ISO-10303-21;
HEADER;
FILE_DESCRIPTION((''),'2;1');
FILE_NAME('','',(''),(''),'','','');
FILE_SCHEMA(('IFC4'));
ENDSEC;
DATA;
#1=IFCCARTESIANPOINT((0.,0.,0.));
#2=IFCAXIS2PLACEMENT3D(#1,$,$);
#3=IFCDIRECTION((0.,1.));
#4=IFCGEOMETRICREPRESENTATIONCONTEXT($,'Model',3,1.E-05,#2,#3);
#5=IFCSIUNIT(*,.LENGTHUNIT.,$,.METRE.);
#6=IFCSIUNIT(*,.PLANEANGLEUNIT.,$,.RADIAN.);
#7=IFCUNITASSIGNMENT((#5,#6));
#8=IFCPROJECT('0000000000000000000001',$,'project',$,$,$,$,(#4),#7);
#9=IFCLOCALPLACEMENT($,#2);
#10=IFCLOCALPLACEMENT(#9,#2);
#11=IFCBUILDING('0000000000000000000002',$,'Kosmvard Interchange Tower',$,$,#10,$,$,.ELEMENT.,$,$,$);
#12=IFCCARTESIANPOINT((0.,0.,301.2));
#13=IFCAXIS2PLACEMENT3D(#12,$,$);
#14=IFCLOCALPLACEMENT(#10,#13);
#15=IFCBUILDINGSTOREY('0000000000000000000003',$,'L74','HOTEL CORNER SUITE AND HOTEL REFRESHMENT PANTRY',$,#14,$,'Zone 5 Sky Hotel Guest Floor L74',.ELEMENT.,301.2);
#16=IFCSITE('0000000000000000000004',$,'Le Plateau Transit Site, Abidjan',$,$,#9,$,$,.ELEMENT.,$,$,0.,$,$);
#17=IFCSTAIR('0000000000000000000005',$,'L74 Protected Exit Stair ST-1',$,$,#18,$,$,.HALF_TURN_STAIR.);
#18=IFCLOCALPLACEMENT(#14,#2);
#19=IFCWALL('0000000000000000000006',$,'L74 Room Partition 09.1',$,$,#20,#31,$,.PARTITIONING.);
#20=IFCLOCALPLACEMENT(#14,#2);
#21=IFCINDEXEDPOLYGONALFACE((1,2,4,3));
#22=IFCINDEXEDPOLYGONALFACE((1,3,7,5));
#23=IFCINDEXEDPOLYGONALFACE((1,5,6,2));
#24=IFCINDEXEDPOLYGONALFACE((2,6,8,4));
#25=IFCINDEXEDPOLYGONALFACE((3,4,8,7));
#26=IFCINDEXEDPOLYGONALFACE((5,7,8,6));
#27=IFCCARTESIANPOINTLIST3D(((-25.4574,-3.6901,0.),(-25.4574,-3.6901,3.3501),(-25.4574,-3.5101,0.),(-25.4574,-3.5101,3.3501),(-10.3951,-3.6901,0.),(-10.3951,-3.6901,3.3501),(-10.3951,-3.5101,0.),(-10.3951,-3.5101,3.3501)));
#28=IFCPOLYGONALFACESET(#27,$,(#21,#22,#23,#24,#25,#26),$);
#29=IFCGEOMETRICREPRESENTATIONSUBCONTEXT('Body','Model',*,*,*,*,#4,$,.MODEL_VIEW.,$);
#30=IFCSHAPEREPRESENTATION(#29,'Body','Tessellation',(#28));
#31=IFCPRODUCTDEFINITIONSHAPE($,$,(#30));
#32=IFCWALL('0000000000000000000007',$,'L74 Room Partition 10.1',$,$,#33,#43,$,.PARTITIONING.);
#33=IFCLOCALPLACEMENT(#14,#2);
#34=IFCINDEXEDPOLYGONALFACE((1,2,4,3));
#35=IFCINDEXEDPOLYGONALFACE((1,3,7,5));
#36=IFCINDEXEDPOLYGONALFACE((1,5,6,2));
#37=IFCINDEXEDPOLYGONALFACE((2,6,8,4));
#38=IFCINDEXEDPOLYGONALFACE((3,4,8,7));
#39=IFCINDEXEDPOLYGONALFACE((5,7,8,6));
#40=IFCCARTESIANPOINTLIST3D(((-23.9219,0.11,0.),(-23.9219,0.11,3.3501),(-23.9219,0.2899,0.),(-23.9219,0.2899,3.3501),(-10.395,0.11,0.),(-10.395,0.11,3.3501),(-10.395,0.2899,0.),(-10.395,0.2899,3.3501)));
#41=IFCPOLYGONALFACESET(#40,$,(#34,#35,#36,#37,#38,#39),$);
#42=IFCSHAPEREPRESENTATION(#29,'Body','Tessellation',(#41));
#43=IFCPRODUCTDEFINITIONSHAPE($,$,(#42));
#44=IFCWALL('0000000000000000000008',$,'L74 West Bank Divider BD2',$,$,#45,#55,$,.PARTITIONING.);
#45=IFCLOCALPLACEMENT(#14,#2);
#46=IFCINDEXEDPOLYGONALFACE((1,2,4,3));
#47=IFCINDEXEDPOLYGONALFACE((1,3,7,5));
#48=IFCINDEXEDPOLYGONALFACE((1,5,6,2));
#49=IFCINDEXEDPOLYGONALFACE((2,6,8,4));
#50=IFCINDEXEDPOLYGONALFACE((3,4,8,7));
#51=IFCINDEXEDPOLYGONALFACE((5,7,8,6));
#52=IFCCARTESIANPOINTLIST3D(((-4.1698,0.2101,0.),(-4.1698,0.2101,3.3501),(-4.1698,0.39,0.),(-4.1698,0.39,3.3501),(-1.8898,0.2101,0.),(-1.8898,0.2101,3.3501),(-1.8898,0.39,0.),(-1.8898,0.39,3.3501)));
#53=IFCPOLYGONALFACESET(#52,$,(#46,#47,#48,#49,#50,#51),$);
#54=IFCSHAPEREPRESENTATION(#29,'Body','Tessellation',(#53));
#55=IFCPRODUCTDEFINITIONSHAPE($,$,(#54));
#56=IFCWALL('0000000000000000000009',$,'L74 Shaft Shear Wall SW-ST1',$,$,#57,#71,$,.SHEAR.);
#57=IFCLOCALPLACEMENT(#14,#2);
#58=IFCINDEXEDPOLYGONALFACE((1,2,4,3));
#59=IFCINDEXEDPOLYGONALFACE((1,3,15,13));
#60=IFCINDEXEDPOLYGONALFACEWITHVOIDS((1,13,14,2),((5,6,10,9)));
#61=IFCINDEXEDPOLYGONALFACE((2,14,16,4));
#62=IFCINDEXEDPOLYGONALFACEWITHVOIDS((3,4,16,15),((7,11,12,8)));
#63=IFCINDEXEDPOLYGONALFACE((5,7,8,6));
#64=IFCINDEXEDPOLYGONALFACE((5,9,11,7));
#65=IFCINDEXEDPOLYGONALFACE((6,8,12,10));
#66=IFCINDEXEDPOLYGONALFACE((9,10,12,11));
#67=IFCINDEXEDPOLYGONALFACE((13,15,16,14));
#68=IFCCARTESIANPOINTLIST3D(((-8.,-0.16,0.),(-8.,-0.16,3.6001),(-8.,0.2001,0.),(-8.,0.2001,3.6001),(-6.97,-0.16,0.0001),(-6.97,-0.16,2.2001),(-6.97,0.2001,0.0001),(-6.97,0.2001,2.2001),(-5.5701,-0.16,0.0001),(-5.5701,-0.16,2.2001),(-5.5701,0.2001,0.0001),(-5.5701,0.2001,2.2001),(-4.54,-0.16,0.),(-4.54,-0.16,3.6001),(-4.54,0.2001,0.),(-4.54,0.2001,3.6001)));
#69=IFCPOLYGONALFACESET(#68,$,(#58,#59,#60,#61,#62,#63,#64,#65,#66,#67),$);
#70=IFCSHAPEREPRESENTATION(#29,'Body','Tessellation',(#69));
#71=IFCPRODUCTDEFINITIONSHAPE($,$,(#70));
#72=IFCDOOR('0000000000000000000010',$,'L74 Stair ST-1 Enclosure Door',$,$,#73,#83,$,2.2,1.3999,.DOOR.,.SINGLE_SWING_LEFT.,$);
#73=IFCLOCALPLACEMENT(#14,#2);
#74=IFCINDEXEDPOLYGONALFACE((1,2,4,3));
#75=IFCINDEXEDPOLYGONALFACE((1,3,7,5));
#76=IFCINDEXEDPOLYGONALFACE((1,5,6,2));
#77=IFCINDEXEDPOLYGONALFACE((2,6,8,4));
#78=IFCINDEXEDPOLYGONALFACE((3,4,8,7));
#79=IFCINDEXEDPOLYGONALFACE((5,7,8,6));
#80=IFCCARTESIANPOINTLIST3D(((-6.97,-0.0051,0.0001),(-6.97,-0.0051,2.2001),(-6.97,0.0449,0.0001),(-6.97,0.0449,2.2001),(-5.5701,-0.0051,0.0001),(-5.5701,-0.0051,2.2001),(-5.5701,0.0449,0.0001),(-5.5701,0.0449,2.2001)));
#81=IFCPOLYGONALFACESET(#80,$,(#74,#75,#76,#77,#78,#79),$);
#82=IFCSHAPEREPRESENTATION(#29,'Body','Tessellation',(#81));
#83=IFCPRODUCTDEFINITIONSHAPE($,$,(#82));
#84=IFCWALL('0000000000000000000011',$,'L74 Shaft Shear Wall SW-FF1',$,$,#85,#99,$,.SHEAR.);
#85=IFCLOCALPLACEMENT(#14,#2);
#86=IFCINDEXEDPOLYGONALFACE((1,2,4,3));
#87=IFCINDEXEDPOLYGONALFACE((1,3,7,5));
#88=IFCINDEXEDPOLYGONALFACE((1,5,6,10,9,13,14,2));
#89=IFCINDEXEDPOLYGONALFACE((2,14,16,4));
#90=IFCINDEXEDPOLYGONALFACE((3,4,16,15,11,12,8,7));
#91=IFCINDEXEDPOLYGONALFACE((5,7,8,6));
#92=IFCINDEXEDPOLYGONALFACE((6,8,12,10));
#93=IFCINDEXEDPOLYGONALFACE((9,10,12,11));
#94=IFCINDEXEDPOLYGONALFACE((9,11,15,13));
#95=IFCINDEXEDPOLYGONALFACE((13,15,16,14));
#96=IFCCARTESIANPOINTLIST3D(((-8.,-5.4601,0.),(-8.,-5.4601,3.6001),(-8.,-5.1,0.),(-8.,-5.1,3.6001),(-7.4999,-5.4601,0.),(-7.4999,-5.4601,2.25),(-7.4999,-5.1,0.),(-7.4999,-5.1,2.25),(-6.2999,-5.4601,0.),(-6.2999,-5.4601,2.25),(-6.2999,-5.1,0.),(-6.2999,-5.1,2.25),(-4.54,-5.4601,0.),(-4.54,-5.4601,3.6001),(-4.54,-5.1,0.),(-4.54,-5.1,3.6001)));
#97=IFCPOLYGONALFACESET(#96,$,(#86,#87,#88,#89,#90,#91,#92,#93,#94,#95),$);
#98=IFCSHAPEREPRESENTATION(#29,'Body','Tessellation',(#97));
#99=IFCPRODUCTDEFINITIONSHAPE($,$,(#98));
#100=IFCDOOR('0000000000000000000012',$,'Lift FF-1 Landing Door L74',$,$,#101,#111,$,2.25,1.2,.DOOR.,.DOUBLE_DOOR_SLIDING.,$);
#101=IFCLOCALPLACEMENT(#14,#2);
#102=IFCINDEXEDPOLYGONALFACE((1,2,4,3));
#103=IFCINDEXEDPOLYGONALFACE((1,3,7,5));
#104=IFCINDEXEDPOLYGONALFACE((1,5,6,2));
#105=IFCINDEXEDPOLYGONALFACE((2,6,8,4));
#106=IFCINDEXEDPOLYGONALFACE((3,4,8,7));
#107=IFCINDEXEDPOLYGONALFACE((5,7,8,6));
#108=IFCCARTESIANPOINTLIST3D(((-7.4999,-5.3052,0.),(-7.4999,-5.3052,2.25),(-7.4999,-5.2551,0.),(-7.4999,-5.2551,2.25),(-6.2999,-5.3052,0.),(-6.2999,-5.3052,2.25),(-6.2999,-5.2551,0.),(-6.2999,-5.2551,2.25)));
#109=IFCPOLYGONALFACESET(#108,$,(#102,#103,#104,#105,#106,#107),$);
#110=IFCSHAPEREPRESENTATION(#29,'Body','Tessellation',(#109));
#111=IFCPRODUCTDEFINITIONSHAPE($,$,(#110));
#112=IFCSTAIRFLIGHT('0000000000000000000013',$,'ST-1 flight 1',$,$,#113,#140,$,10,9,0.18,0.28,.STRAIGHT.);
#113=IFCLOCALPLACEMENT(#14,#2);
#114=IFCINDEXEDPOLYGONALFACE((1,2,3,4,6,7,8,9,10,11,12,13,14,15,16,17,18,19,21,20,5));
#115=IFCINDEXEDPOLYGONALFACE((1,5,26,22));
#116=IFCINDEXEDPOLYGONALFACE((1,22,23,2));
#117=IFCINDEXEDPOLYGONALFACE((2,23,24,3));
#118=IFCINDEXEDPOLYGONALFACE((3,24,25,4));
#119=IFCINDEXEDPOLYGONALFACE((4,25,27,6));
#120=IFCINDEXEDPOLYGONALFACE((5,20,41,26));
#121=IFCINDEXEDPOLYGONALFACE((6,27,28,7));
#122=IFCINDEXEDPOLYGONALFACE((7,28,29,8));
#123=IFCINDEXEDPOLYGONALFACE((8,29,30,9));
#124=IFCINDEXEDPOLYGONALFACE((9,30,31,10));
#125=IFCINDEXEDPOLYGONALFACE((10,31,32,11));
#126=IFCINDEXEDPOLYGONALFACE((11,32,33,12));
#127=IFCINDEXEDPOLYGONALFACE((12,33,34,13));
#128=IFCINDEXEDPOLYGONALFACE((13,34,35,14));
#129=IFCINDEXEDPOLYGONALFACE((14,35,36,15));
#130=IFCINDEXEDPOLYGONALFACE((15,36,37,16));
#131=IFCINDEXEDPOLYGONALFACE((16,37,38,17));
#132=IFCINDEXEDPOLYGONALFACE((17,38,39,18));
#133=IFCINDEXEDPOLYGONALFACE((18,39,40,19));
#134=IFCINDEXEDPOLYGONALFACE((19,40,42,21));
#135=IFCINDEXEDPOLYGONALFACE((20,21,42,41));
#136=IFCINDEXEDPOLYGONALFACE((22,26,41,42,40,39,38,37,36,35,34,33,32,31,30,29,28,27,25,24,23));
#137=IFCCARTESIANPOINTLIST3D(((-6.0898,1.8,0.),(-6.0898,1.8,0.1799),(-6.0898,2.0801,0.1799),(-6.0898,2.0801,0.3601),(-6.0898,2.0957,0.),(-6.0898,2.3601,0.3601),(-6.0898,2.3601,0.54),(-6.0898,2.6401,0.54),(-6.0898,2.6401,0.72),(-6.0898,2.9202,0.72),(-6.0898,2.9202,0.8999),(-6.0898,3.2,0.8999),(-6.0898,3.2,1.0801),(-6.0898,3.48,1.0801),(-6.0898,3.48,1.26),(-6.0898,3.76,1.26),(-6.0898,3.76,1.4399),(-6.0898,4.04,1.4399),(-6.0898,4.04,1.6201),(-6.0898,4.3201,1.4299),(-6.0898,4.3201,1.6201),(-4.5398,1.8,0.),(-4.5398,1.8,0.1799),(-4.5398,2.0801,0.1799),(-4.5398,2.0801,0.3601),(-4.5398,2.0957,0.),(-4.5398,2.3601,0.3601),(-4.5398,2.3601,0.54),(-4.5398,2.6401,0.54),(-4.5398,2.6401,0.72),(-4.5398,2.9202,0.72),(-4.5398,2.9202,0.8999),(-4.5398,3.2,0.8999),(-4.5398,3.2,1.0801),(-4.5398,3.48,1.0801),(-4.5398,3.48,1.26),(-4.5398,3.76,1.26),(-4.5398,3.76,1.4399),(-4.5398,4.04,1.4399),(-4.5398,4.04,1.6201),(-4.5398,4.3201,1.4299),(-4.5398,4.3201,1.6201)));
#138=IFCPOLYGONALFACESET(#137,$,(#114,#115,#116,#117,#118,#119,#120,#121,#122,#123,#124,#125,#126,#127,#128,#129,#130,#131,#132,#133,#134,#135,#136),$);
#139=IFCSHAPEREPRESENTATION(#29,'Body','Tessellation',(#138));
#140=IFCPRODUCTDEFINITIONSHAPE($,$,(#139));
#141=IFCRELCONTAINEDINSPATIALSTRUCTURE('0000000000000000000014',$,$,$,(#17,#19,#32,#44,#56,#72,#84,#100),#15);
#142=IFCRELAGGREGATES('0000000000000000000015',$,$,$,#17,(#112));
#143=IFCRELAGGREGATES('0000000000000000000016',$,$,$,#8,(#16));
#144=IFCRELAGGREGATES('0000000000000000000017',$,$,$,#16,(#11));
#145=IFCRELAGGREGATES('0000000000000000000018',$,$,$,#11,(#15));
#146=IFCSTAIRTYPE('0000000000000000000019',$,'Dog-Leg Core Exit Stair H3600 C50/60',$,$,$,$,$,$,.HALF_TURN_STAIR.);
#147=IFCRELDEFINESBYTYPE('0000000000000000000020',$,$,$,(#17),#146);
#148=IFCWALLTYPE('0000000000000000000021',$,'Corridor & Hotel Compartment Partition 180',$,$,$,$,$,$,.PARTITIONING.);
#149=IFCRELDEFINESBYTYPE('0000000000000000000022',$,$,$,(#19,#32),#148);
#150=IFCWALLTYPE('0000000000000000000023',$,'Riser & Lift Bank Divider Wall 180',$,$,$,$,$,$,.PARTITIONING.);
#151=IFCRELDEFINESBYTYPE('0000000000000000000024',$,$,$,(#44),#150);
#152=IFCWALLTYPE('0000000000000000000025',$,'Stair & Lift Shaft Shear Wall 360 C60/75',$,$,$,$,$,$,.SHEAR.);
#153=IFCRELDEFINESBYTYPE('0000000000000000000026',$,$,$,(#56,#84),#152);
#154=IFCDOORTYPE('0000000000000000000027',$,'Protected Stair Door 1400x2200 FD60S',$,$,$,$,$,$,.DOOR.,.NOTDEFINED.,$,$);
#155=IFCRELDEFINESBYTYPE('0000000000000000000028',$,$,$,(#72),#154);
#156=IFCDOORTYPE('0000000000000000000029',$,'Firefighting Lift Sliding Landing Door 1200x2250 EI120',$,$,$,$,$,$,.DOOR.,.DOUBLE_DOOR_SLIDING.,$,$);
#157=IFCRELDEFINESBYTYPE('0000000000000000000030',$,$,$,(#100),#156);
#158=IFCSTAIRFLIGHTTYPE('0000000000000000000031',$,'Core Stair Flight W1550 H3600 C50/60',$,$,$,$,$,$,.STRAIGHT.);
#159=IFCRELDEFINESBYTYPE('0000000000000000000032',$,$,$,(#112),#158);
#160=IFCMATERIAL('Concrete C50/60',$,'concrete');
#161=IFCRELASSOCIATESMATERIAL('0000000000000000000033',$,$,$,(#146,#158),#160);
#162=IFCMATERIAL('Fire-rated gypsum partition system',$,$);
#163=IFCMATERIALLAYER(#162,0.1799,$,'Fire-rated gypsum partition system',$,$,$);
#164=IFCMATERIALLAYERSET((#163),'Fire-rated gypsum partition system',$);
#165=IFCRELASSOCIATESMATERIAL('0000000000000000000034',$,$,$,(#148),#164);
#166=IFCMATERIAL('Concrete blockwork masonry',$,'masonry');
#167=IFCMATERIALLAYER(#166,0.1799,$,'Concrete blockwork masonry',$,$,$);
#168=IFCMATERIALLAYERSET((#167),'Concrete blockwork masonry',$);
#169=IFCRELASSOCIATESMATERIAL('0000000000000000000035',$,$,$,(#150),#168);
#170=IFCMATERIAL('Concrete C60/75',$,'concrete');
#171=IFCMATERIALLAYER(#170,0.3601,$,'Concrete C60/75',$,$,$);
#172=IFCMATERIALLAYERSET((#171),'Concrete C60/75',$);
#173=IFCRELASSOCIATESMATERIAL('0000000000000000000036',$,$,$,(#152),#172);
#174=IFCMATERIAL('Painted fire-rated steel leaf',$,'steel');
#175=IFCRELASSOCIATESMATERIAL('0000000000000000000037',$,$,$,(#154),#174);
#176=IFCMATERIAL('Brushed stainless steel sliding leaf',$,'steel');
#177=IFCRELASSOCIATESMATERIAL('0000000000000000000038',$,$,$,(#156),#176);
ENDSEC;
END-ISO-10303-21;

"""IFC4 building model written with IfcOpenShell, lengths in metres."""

from ifc_helpers import new_model, si_unit, direction, frame, frame_2d, origin, place, context, subcontext, project, spatial, polyline, rectangle, outline, extrude, source, transform, mapped, material, layer, layer_set, type_object, element, fill, aggregate, save


model = new_model("IFC4")

# Units and contexts
model_context = context("Model", 3, precision=1e-05, world=origin(), true_north=direction((0.0, 1.0)))
body_context = subcontext(model_context, "Body", "Model", "MODEL_VIEW")
ifc_project = project(units=[si_unit("LENGTHUNIT", "METRE"), si_unit("PLANEANGLEUNIT", "RADIAN")], contexts=[model_context])

# Site, building, storey
site_placement = place(None, origin())
site = spatial("IfcSite", under=ifc_project, at=site_placement, Name="Le Plateau Transit Site, Abidjan", CompositionType="ELEMENT", RefElevation=0.0)
building_placement = place(site_placement, origin())
building = spatial("IfcBuilding", under=site, at=building_placement, Name="Kosmvard Interchange Tower", CompositionType="ELEMENT")
storey_placement = place(building_placement, frame((0.0, 0.0, 301.2)))
storey = spatial("IfcBuildingStorey", under=building, at=storey_placement, Name="L74", Description="HOTEL CORNER SUITE AND HOTEL REFRESHMENT PANTRY", LongName="Zone 5 Sky Hotel Guest Floor L74", CompositionType="ELEMENT", Elevation=301.2)

# Shared definitions
ifc_material_1 = material(Name="Concrete C50/60", Category="concrete")

# Stair
stair_type = type_object("IfcStairType", Name="Dog-Leg Core Exit Stair H3600 C50/60", PredefinedType="HALF_TURN_STAIR", material=ifc_material_1)
stair_placement = place(storey_placement, origin())
stair = element("IfcStair", 1, at=stair_placement, inside=storey, type_object=stair_type, Name="L74 Protected Exit Stair ST-1", PredefinedType="HALF_TURN_STAIR")

# Walls
ifc_material_2 = material(Name="Fire-rated gypsum partition system")
ifc_layer_1 = layer(ifc_material_2, 0.1799, Name="Fire-rated gypsum partition system")
ifc_layer_set_1 = layer_set([ifc_layer_1], Name="Fire-rated gypsum partition system")
wall_type_1 = type_object("IfcWallType", Name="Corridor & Hotel Compartment Partition 180", PredefinedType="PARTITIONING", material=ifc_layer_set_1)
wall_1_placement = place(storey_placement, frame((-10.395, -3.6001, 0.0), z_axis=(0.0, 0.0, 1.0), x_axis=(-1.0, 0.0, 0.0)))
element("IfcWall", 2, at=wall_1_placement, inside=storey, type_object=wall_type_1, Name="L74 Room Partition 09.1", PredefinedType="PARTITIONING", context=body_context, shape_type="SweptSolid", body=[
    extrude(rectangle(XDim=15.0623, YDim=0.1799, at=frame_2d((7.5312, 0.0))), origin(), (0.0, 0.0, 1.0), 3.3501),
])
wall_2_placement = place(storey_placement, frame((-10.395, 0.2, 0.0), z_axis=(0.0, 0.0, 1.0), x_axis=(-1.0, 0.0, 0.0)))
element("IfcWall", 3, at=wall_2_placement, inside=storey, type_object=wall_type_1, Name="L74 Room Partition 10.1", PredefinedType="PARTITIONING", context=body_context, shape_type="SweptSolid", body=[
    extrude(rectangle(XDim=13.5269, YDim=0.1799, at=frame_2d((6.7634, 0.0))), origin(), (0.0, 0.0, 1.0), 3.3501),
])
ifc_material_3 = material(Name="Concrete blockwork masonry", Category="masonry")
ifc_layer_2 = layer(ifc_material_3, 0.1799, Name="Concrete blockwork masonry")
ifc_layer_set_2 = layer_set([ifc_layer_2], Name="Concrete blockwork masonry")
wall_type_2 = type_object("IfcWallType", Name="Riser & Lift Bank Divider Wall 180", PredefinedType="PARTITIONING", material=ifc_layer_set_2)
wall_3_placement = place(storey_placement, frame((-4.1699, 0.3, 0.0), z_axis=(0.0, 0.0, 1.0), x_axis=(1.0, 0.0, 0.0)))
element("IfcWall", 4, at=wall_3_placement, inside=storey, type_object=wall_type_2, Name="L74 West Bank Divider BD2", PredefinedType="PARTITIONING", context=body_context, shape_type="SweptSolid", body=[
    extrude(rectangle(XDim=2.28, YDim=0.1799, at=frame_2d((1.1401, 0.0))), origin(), (0.0, 0.0, 1.0), 3.3501),
])

# Walls, openings, doors
ifc_material_4 = material(Name="Concrete C60/75", Category="concrete")
ifc_layer_3 = layer(ifc_material_4, 0.3601, Name="Concrete C60/75")
ifc_layer_set_3 = layer_set([ifc_layer_3], Name="Concrete C60/75")
wall_type_3 = type_object("IfcWallType", Name="Stair & Lift Shaft Shear Wall 360 C60/75", PredefinedType="SHEAR", material=ifc_layer_set_3)
wall_4_placement = place(storey_placement, frame((-8.0, 0.02, 0.0), z_axis=(0.0, 0.0, 1.0), x_axis=(1.0, 0.0, 0.0)))
wall_4 = element("IfcWall", 5, at=wall_4_placement, inside=storey, type_object=wall_type_3, Name="L74 Shaft Shear Wall SW-ST1", PredefinedType="SHEAR", context=body_context, shape_type="SweptSolid", body=[
    extrude(rectangle(XDim=3.46, YDim=0.3601, at=frame_2d((1.73, 0.0))), origin(), (0.0, 0.0, 1.0), 3.6001),
])
opening_1_placement = place(wall_4_placement, frame((1.03, 0.0, 0.0)))
opening_1 = element("IfcOpeningElement", 6, at=opening_1_placement, cuts=wall_4, PredefinedType="OPENING", context=body_context, shape_type="SweptSolid", body=[
    extrude(rectangle(XDim=1.3999, YDim=2.2, at=frame_2d((0.7, 1.1001))), frame((0.0, 0.1899, 0.0), z_axis=(0.0, -1.0, 0.0), x_axis=(1.0, 0.0, 0.0)), (0.0, 0.0, 1.0), 0.3801),
])
ifc_material_5 = material(Name="Painted fire-rated steel leaf", Category="steel")
door_type_1 = type_object("IfcDoorType", Name="Protected Stair Door 1400x2200 FD60S", OperationType="NOTDEFINED", PredefinedType="DOOR", material=ifc_material_5)
shared_shape_1 = source(origin(), body_context, "Body", "SweptSolid", [
    extrude(rectangle(XDim=1.3999, YDim=2.2, at=frame_2d((0.7, 1.1001))), frame((0.0, 0.0249, 0.0), z_axis=(0.0, -1.0, 0.0), x_axis=(1.0, 0.0, 0.0)), (0.0, 0.0, 1.0), 0.05),
])
door_1_placement = place(opening_1_placement, origin())
door_1 = element("IfcDoor", 7, at=door_1_placement, inside=storey, type_object=door_type_1, Name="L74 Stair ST-1 Enclosure Door", OperationType="SINGLE_SWING_LEFT", OverallHeight=2.2, OverallWidth=1.3999, PredefinedType="DOOR", context=body_context, shape_type="MappedRepresentation", body=[
    mapped(shared_shape_1, transform((0.0, 0.0, 0.0), scale=1.0)),
])
fill(opening_1, door_1)
wall_5_placement = place(storey_placement, frame((-8.0, -5.28, 0.0), z_axis=(0.0, 0.0, 1.0), x_axis=(1.0, 0.0, 0.0)))
wall_5 = element("IfcWall", 8, at=wall_5_placement, inside=storey, type_object=wall_type_3, Name="L74 Shaft Shear Wall SW-FF1", PredefinedType="SHEAR", context=body_context, shape_type="SweptSolid", body=[
    extrude(rectangle(XDim=3.46, YDim=0.3601, at=frame_2d((1.73, 0.0))), origin(), (0.0, 0.0, 1.0), 3.6001),
])
opening_2_placement = place(wall_5_placement, frame((0.5, 0.0, 0.0)))
opening_2 = element("IfcOpeningElement", 9, at=opening_2_placement, cuts=wall_5, PredefinedType="OPENING", context=body_context, shape_type="SweptSolid", body=[
    extrude(rectangle(XDim=1.2, YDim=2.25, at=frame_2d((0.6001, 1.125))), frame((0.0, 0.1899, 0.0), z_axis=(0.0, -1.0, 0.0), x_axis=(1.0, 0.0, 0.0)), (0.0, 0.0, 1.0), 0.3801),
])
ifc_material_6 = material(Name="Brushed stainless steel sliding leaf", Category="steel")
door_type_2 = type_object("IfcDoorType", Name="Firefighting Lift Sliding Landing Door 1200x2250 EI120", OperationType="DOUBLE_DOOR_SLIDING", PredefinedType="DOOR", material=ifc_material_6)
shared_shape_2 = source(origin(), body_context, "Body", "SweptSolid", [
    extrude(rectangle(XDim=1.2, YDim=2.25, at=frame_2d((0.6001, 1.125))), frame((0.0, 0.0249, 0.0), z_axis=(0.0, -1.0, 0.0), x_axis=(1.0, 0.0, 0.0)), (0.0, 0.0, 1.0), 0.05),
])
door_2_placement = place(opening_2_placement, origin())
door_2 = element("IfcDoor", 10, at=door_2_placement, inside=storey, type_object=door_type_2, Name="Lift FF-1 Landing Door L74", OperationType="DOUBLE_DOOR_SLIDING", OverallHeight=2.25, OverallWidth=1.2, PredefinedType="DOOR", context=body_context, shape_type="MappedRepresentation", body=[
    mapped(shared_shape_2, transform((0.0, 0.0, 0.0), scale=1.0)),
])
fill(opening_2, door_2)

# Stair flight
stair_flight_type = type_object("IfcStairFlightType", Name="Core Stair Flight W1550 H3600 C50/60", PredefinedType="STRAIGHT", material=ifc_material_1)
shared_shape_3 = source(origin(), body_context, "Body", "SweptSolid", [
    extrude(outline(polyline([(0.0, 0.0), (0.0, 0.1799), (0.28, 0.1799), (0.28, 0.3601), (0.5601, 0.3601), (0.5601, 0.54), (0.8401, 0.54), (0.8401, 0.72), (1.1201, 0.72), (1.1201, 0.8999), (1.3999, 0.8999), (1.3999, 1.0801), (1.6799, 1.0801), (1.6799, 1.26), (1.96, 1.26), (1.96, 1.4399), (2.24, 1.4399), (2.24, 1.6201), (2.52, 1.6201), (2.52, 1.8), (2.52, 1.4299), (0.2957, 0.0), (0.0, 0.0)])), frame((0.0, 0.7749, 0.0), z_axis=(0.0, -1.0, 0.0), x_axis=(1.0, 0.0, 0.0)), (0.0, 0.0, 1.0), 1.55),
])
stair_flight_placement = place(storey_placement, frame((-5.3149, 1.8, 0.0), z_axis=(0.0, 0.0, 1.0), x_axis=(0.0, 1.0, 0.0)))
stair_flight = element("IfcStairFlight", 11, at=stair_flight_placement, type_object=stair_flight_type, Name="ST-1 flight 1", NumberOfRisers=10, NumberOfTreads=9, PredefinedType="STRAIGHT", RiserHeight=0.18, TreadLength=0.28, context=body_context, shape_type="MappedRepresentation", body=[
    mapped(shared_shape_3, transform((0.0, 0.0, 0.0), scale=1.0)),
])
aggregate(stair, [stair_flight])

save(model, "model.ifc")
